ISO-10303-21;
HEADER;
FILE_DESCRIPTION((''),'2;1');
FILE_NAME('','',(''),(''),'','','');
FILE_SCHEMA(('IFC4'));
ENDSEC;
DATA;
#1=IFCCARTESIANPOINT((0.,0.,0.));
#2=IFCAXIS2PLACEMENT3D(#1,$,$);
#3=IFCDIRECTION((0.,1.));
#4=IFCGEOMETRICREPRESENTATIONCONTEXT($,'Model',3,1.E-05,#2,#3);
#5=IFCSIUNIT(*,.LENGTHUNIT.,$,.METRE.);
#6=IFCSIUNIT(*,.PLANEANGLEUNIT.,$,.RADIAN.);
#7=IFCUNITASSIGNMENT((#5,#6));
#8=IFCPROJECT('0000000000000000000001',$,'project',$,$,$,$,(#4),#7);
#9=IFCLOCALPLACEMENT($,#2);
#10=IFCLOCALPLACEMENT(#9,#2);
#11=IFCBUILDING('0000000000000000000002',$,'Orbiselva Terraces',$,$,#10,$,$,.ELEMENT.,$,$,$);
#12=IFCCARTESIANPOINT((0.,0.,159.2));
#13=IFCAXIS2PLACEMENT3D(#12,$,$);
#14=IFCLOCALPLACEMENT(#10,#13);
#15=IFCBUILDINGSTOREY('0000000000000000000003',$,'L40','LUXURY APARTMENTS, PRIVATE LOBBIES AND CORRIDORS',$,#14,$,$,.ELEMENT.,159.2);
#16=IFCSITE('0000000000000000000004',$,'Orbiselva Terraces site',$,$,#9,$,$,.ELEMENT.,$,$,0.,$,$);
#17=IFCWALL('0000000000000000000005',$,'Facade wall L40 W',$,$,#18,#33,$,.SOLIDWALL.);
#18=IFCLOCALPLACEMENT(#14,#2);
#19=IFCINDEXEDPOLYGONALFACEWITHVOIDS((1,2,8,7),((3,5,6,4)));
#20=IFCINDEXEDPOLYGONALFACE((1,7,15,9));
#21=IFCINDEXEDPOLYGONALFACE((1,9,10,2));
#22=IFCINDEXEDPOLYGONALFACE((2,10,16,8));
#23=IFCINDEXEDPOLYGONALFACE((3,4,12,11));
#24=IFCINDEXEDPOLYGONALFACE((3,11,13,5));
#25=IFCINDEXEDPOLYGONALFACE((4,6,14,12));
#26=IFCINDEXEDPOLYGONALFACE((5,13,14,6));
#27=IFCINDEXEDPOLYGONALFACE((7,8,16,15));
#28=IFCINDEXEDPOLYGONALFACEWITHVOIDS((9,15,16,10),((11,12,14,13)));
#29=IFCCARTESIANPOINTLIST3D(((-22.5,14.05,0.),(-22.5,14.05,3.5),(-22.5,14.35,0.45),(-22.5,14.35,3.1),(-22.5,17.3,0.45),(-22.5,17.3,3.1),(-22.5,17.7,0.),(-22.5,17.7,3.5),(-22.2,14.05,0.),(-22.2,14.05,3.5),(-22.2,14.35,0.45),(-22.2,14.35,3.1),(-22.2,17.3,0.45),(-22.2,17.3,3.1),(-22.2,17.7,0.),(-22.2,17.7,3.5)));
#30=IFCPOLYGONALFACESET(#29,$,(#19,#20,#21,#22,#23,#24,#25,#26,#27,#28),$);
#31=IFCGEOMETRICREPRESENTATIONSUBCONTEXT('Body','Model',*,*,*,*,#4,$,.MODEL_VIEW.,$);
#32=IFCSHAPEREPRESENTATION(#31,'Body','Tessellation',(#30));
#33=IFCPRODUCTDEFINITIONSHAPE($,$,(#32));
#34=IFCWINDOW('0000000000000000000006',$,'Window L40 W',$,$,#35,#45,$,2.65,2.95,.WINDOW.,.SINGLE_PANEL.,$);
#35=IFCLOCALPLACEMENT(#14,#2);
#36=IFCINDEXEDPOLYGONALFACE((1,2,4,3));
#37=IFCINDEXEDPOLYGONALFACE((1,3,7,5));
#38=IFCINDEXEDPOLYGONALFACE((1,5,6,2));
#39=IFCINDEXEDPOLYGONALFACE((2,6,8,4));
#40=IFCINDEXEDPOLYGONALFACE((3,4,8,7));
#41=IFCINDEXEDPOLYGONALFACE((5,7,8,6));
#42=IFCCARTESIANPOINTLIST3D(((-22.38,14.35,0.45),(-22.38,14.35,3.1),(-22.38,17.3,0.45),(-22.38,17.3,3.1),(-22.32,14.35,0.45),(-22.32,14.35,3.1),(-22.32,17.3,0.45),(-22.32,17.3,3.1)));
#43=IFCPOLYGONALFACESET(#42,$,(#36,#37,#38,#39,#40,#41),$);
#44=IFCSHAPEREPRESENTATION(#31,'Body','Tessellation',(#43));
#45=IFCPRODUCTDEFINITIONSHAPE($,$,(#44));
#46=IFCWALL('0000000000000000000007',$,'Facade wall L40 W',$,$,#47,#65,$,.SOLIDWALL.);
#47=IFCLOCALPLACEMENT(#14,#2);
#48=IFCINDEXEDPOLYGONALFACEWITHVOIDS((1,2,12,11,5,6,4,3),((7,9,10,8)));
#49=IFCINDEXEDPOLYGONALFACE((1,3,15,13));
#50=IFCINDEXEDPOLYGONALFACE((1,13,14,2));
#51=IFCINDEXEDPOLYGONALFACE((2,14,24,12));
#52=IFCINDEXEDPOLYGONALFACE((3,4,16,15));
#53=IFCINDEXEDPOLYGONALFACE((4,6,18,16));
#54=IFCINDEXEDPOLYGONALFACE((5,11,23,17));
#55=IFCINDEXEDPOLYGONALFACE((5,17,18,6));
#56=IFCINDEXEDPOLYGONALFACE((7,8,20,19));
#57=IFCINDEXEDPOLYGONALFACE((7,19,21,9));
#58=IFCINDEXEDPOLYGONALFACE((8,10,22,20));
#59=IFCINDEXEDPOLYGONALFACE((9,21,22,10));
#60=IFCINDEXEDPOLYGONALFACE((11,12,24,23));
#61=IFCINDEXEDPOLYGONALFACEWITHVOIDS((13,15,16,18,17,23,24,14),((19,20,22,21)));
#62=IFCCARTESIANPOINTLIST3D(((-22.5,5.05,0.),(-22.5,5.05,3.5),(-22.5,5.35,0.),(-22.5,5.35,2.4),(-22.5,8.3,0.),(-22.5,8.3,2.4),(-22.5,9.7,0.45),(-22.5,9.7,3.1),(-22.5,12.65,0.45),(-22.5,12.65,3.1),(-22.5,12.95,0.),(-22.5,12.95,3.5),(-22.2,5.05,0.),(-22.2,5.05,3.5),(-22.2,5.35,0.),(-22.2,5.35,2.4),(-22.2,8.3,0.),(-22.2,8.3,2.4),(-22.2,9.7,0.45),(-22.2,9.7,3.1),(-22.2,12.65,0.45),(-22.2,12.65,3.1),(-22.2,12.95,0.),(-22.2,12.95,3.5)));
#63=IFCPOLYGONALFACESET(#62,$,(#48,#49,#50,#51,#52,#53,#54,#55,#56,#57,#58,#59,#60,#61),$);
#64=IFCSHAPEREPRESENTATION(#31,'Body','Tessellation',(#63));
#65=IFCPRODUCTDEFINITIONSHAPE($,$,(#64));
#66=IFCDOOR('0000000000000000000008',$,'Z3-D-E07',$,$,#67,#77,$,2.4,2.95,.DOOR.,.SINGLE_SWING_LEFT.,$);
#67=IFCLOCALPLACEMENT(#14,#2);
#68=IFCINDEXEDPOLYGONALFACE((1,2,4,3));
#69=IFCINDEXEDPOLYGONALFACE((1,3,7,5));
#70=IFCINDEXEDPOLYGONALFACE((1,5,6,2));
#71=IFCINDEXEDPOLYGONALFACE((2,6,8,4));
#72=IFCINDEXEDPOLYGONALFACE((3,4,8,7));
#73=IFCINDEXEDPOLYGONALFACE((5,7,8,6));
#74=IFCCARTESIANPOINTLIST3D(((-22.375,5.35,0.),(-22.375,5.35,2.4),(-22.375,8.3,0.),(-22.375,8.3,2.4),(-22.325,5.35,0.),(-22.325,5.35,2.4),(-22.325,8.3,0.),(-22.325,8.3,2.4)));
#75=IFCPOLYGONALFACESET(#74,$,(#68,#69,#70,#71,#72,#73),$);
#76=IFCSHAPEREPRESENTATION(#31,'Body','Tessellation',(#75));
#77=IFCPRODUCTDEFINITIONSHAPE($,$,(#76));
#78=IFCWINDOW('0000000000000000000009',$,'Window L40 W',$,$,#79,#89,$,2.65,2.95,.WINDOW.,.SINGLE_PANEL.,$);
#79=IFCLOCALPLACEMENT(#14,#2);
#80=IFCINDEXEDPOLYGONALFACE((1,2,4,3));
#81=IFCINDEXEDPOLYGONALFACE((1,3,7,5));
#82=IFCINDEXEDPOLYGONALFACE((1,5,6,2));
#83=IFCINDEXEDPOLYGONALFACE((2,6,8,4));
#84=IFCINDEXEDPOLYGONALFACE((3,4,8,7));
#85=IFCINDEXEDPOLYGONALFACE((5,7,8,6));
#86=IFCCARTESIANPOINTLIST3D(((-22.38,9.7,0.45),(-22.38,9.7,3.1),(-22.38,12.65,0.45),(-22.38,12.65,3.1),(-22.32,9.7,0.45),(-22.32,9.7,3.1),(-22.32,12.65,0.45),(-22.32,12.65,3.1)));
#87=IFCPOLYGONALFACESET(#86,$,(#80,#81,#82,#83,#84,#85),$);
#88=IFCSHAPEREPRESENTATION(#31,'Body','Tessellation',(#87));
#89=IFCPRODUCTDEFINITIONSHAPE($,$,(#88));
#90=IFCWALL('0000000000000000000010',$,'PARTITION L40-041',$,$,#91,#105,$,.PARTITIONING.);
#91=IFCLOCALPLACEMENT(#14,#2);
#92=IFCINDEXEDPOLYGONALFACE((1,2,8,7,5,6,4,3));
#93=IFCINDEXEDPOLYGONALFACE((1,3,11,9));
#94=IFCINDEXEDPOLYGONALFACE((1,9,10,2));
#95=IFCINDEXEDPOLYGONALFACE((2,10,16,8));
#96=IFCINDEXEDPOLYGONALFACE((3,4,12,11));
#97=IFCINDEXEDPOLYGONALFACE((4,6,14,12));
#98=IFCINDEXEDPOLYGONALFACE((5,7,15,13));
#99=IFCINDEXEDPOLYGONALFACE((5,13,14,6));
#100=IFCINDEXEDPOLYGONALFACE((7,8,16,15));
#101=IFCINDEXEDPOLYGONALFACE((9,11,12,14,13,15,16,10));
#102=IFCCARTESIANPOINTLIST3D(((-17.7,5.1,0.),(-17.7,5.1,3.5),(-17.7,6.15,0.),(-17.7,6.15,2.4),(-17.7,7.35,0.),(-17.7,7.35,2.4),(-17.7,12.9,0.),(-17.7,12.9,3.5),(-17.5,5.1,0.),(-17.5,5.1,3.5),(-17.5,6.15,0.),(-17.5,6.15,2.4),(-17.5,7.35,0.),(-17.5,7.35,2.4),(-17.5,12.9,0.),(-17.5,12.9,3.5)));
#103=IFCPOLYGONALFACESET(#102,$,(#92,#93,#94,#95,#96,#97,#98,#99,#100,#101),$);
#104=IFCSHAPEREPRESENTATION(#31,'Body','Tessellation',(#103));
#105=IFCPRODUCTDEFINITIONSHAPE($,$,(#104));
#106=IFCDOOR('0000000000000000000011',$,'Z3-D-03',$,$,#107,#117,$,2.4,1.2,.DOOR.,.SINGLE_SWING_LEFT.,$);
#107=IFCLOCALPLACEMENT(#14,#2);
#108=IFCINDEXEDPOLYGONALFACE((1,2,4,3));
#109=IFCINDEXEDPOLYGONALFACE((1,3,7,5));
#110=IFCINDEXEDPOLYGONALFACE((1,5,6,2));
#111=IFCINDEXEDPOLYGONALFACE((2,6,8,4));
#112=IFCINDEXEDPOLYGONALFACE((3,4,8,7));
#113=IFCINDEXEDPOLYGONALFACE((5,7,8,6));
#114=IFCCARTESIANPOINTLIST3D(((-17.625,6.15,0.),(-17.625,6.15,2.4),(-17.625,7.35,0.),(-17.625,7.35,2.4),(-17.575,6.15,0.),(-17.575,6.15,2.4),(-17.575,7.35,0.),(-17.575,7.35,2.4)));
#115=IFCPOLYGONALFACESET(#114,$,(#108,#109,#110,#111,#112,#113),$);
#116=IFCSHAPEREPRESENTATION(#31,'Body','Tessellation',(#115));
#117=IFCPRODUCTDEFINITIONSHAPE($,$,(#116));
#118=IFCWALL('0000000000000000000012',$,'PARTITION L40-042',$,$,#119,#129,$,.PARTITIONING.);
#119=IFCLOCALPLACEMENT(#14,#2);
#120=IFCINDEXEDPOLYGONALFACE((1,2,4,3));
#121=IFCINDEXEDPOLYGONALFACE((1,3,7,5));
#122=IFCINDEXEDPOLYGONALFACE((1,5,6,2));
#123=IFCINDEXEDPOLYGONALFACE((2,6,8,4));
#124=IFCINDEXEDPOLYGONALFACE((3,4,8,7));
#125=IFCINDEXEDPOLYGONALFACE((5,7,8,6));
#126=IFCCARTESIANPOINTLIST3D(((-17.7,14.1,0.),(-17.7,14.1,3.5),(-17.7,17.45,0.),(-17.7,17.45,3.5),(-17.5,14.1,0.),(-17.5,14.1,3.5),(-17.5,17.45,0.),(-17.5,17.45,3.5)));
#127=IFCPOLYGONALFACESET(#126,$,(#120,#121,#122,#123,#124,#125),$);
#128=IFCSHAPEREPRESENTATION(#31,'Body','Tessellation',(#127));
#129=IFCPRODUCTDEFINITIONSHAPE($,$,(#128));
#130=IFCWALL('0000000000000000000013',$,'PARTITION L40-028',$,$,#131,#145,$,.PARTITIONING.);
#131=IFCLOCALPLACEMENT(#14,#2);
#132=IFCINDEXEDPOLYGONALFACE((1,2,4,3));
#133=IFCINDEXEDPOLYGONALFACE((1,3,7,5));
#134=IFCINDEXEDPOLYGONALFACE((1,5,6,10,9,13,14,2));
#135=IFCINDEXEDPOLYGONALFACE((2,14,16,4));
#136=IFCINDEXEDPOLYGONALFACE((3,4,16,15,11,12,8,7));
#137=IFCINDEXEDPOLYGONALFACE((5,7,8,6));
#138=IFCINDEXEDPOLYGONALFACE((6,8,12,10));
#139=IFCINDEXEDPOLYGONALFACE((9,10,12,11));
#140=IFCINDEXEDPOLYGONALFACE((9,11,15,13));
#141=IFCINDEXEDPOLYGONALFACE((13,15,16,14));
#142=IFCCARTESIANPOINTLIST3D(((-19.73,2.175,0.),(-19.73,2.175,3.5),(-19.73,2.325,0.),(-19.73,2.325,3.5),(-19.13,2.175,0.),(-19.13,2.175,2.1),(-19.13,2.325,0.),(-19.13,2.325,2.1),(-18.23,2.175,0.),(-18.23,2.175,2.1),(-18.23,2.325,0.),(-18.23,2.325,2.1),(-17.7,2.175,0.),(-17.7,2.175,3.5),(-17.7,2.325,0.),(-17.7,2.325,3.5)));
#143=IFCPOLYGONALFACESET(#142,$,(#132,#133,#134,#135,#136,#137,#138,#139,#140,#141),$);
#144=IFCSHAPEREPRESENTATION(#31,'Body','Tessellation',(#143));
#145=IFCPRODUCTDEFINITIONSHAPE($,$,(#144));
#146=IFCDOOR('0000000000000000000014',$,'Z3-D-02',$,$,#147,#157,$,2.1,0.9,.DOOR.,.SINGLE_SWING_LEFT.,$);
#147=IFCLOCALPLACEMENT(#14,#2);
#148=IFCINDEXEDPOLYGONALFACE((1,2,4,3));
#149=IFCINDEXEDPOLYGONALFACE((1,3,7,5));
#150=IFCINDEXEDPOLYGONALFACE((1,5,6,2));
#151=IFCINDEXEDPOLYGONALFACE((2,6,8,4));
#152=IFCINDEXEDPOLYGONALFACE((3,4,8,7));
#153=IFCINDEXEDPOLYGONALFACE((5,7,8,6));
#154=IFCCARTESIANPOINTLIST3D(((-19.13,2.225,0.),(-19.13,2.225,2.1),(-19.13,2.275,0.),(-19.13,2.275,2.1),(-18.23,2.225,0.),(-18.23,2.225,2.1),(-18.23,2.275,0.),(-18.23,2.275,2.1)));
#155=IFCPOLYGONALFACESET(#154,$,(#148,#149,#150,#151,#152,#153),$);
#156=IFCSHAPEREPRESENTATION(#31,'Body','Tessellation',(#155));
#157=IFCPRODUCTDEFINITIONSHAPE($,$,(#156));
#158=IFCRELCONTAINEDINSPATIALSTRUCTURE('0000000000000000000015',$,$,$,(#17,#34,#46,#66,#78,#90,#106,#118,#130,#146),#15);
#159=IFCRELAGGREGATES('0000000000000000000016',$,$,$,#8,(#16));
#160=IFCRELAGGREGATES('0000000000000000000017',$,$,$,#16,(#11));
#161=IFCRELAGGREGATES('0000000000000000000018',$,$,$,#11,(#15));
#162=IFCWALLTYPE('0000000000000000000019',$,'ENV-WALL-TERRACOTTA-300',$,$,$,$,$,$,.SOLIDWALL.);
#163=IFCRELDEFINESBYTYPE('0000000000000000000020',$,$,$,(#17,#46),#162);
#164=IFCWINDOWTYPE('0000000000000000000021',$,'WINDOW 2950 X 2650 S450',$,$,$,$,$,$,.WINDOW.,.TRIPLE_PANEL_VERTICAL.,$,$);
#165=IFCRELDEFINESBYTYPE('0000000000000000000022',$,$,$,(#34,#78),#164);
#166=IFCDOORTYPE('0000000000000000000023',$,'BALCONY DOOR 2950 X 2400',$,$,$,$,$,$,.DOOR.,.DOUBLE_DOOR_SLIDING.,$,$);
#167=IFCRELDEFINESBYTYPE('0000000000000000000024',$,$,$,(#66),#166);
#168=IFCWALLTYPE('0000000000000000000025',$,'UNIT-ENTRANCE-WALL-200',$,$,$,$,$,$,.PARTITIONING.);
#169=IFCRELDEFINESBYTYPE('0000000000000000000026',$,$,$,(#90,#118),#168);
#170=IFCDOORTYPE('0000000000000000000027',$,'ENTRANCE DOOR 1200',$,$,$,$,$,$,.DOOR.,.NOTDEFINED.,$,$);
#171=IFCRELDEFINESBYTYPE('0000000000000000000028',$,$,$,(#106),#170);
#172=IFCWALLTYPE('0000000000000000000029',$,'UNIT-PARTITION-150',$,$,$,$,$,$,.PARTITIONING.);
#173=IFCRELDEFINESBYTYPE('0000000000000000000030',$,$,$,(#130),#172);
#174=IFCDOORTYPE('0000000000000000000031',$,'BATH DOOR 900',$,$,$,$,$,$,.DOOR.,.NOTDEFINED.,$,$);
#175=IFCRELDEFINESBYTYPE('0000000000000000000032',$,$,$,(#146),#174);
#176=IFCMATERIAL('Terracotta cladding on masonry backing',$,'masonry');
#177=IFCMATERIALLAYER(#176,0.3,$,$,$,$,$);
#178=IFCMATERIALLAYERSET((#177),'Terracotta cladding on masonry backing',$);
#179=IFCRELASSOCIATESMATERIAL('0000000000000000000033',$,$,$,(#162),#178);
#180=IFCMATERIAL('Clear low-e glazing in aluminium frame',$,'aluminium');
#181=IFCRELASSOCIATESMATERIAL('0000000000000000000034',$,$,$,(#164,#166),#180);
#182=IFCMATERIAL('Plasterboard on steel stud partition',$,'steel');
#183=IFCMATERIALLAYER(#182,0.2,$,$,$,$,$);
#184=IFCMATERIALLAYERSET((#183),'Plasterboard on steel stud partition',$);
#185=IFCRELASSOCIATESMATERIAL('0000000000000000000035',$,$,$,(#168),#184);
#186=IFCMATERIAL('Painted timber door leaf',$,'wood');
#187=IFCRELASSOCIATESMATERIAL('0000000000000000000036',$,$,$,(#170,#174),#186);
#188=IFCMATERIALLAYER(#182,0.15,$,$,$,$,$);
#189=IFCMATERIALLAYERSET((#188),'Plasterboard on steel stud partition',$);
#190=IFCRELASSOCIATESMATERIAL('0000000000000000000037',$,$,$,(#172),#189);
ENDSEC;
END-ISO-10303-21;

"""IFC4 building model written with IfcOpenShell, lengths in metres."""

from ifc_helpers import new_model, si_unit, direction, frame, frame_2d, origin, place, context, subcontext, project, spatial, rectangle, extrude, material, layer, layer_set, type_object, element, fill, save


model = new_model("IFC4")

# Units and contexts
model_context = context("Model", 3, precision=1e-05, world=origin(), true_north=direction((0.0, 1.0)))
body_context = subcontext(model_context, "Body", "Model", "MODEL_VIEW")
ifc_project = project(units=[si_unit("LENGTHUNIT", "METRE"), si_unit("PLANEANGLEUNIT", "RADIAN")], contexts=[model_context])

# Site, building, storey
site_placement = place(None, origin())
site = spatial("IfcSite", under=ifc_project, at=site_placement, Name="Orbiselva Terraces site", CompositionType="ELEMENT", RefElevation=0.0)
building_placement = place(site_placement, origin())
building = spatial("IfcBuilding", under=site, at=building_placement, Name="Orbiselva Terraces", CompositionType="ELEMENT")
storey_placement = place(building_placement, frame((0.0, 0.0, 159.2)))
storey = spatial("IfcBuildingStorey", under=building, at=storey_placement, Name="L40", Description="LUXURY APARTMENTS, PRIVATE LOBBIES AND CORRIDORS", CompositionType="ELEMENT", Elevation=159.2)

# Shared definitions
ifc_material_1 = material(Name="Terracotta cladding on masonry backing", Category="masonry")
ifc_layer_1 = layer(ifc_material_1, 0.3)
ifc_layer_set_1 = layer_set([ifc_layer_1], Name="Terracotta cladding on masonry backing")
wall_type_1 = type_object("IfcWallType", Name="ENV-WALL-TERRACOTTA-300", PredefinedType="SOLIDWALL", material=ifc_layer_set_1)

# Wall, opening, window
wall_1_placement = place(storey_placement, frame((-22.35, 14.05, 0.0), z_axis=(0.0, 0.0, 1.0), x_axis=(0.0, 1.0, 0.0)))
wall_1 = element("IfcWall", 1, at=wall_1_placement, inside=storey, type_object=wall_type_1, Name="Facade wall L40 W", PredefinedType="SOLIDWALL", context=body_context, shape_type="SweptSolid", body=[
    extrude(rectangle(XDim=3.65, YDim=0.3, at=frame_2d((1.825, 0.0))), origin(), (0.0, 0.0, 1.0), 3.5),
])
opening_1_placement = place(wall_1_placement, frame((0.3, 0.0, 0.45)))
opening_1 = element("IfcOpeningElement", 2, at=opening_1_placement, cuts=wall_1, PredefinedType="OPENING", context=body_context, shape_type="SweptSolid", body=[
    extrude(rectangle(XDim=2.95, YDim=2.65, at=frame_2d((1.475, 1.325))), frame((0.0, 0.16, 0.0), z_axis=(0.0, -1.0, 0.0), x_axis=(1.0, 0.0, 0.0)), (0.0, 0.0, 1.0), 0.32),
])
ifc_material_2 = material(Name="Clear low-e glazing in aluminium frame", Category="aluminium")
window_type = type_object("IfcWindowType", Name="WINDOW 2950 X 2650 S450", PartitioningType="TRIPLE_PANEL_VERTICAL", PredefinedType="WINDOW", material=ifc_material_2)
window_1_placement = place(opening_1_placement, origin())
window_1 = element("IfcWindow", 3, at=window_1_placement, inside=storey, type_object=window_type, Name="Window L40 W", OverallHeight=2.65, OverallWidth=2.95, PartitioningType="SINGLE_PANEL", PredefinedType="WINDOW", context=body_context, shape_type="SweptSolid", body=[
    extrude(rectangle(XDim=2.95, YDim=2.65, at=frame_2d((1.475, 1.325))), frame((0.0, 0.03, 0.0), z_axis=(0.0, -1.0, 0.0), x_axis=(1.0, 0.0, 0.0)), (0.0, 0.0, 1.0), 0.06),
])
fill(opening_1, window_1)

# Wall, openings, door, window
wall_2_placement = place(storey_placement, frame((-22.35, 5.05, 0.0), z_axis=(0.0, 0.0, 1.0), x_axis=(0.0, 1.0, 0.0)))
wall_2 = element("IfcWall", 4, at=wall_2_placement, inside=storey, type_object=wall_type_1, Name="Facade wall L40 W", PredefinedType="SOLIDWALL", context=body_context, shape_type="SweptSolid", body=[
    extrude(rectangle(XDim=7.9, YDim=0.3, at=frame_2d((3.95, 0.0))), origin(), (0.0, 0.0, 1.0), 3.5),
])
opening_2_placement = place(wall_2_placement, frame((4.65, 0.0, 0.45)))
opening_2 = element("IfcOpeningElement", 5, at=opening_2_placement, cuts=wall_2, PredefinedType="OPENING", context=body_context, shape_type="SweptSolid", body=[
    extrude(rectangle(XDim=2.95, YDim=2.65, at=frame_2d((1.475, 1.325))), frame((0.0, 0.16, 0.0), z_axis=(0.0, -1.0, 0.0), x_axis=(1.0, 0.0, 0.0)), (0.0, 0.0, 1.0), 0.32),
])
opening_3_placement = place(wall_2_placement, frame((0.3, 0.0, 0.0)))
opening_3 = element("IfcOpeningElement", 6, at=opening_3_placement, cuts=wall_2, PredefinedType="OPENING", context=body_context, shape_type="SweptSolid", body=[
    extrude(rectangle(XDim=2.95, YDim=2.4, at=frame_2d((1.475, 1.2))), frame((0.0, 0.16, 0.0), z_axis=(0.0, -1.0, 0.0), x_axis=(1.0, 0.0, 0.0)), (0.0, 0.0, 1.0), 0.32),
])
door_type_1 = type_object("IfcDoorType", Name="BALCONY DOOR 2950 X 2400", OperationType="DOUBLE_DOOR_SLIDING", PredefinedType="DOOR", material=ifc_material_2)
door_1_placement = place(opening_3_placement, origin())
door_1 = element("IfcDoor", 7, at=door_1_placement, inside=storey, type_object=door_type_1, Name="Z3-D-E07", OperationType="SINGLE_SWING_LEFT", OverallHeight=2.4, OverallWidth=2.95, PredefinedType="DOOR", context=body_context, shape_type="SweptSolid", body=[
    extrude(rectangle(XDim=2.95, YDim=2.4, at=frame_2d((1.475, 1.2))), frame((0.0, 0.025, 0.0), z_axis=(0.0, -1.0, 0.0), x_axis=(1.0, 0.0, 0.0)), (0.0, 0.0, 1.0), 0.05),
])
fill(opening_3, door_1)
window_2_placement = place(opening_2_placement, origin())
window_2 = element("IfcWindow", 8, at=window_2_placement, inside=storey, type_object=window_type, Name="Window L40 W", OverallHeight=2.65, OverallWidth=2.95, PartitioningType="SINGLE_PANEL", PredefinedType="WINDOW", context=body_context, shape_type="SweptSolid", body=[
    extrude(rectangle(XDim=2.95, YDim=2.65, at=frame_2d((1.475, 1.325))), frame((0.0, 0.03, 0.0), z_axis=(0.0, -1.0, 0.0), x_axis=(1.0, 0.0, 0.0)), (0.0, 0.0, 1.0), 0.06),
])
fill(opening_2, window_2)

# Wall, opening, door
ifc_material_3 = material(Name="Plasterboard on steel stud partition", Category="steel")
ifc_layer_2 = layer(ifc_material_3, 0.2)
ifc_layer_set_2 = layer_set([ifc_layer_2], Name="Plasterboard on steel stud partition")
wall_type_2 = type_object("IfcWallType", Name="UNIT-ENTRANCE-WALL-200", PredefinedType="PARTITIONING", material=ifc_layer_set_2)
wall_3_placement = place(storey_placement, frame((-17.6, 5.1, 0.0), z_axis=(0.0, 0.0, 1.0), x_axis=(0.0, 1.0, 0.0)))
wall_3 = element("IfcWall", 9, at=wall_3_placement, inside=storey, type_object=wall_type_2, Name="PARTITION L40-041", PredefinedType="PARTITIONING", context=body_context, shape_type="SweptSolid", body=[
    extrude(rectangle(XDim=7.8, YDim=0.2, at=frame_2d((3.9, 0.0))), origin(), (0.0, 0.0, 1.0), 3.5),
])
opening_4_placement = place(wall_3_placement, frame((1.05, 0.0, 0.0)))
opening_4 = element("IfcOpeningElement", 10, at=opening_4_placement, cuts=wall_3, PredefinedType="OPENING", context=body_context, shape_type="SweptSolid", body=[
    extrude(rectangle(XDim=1.2, YDim=2.4, at=frame_2d((0.6, 1.2))), frame((0.0, 0.11, 0.0), z_axis=(0.0, -1.0, 0.0), x_axis=(1.0, 0.0, 0.0)), (0.0, 0.0, 1.0), 0.22),
])
ifc_material_4 = material(Name="Painted timber door leaf", Category="wood")
door_type_2 = type_object("IfcDoorType", Name="ENTRANCE DOOR 1200", OperationType="NOTDEFINED", PredefinedType="DOOR", material=ifc_material_4)
door_2_placement = place(opening_4_placement, origin())
door_2 = element("IfcDoor", 11, at=door_2_placement, inside=storey, type_object=door_type_2, Name="Z3-D-03", OperationType="SINGLE_SWING_LEFT", OverallHeight=2.4, OverallWidth=1.2, PredefinedType="DOOR", context=body_context, shape_type="SweptSolid", body=[
    extrude(rectangle(XDim=1.2, YDim=2.4, at=frame_2d((0.6, 1.2))), frame((0.0, 0.025, 0.0), z_axis=(0.0, -1.0, 0.0), x_axis=(1.0, 0.0, 0.0)), (0.0, 0.0, 1.0), 0.05),
])
fill(opening_4, door_2)

# Wall
wall_4_placement = place(storey_placement, frame((-17.6, 14.1, 0.0), z_axis=(0.0, 0.0, 1.0), x_axis=(0.0, 1.0, 0.0)))
element("IfcWall", 12, at=wall_4_placement, inside=storey, type_object=wall_type_2, Name="PARTITION L40-042", PredefinedType="PARTITIONING", context=body_context, shape_type="SweptSolid", body=[
    extrude(rectangle(XDim=3.35, YDim=0.2, at=frame_2d((1.675, 0.0))), origin(), (0.0, 0.0, 1.0), 3.5),
])

# Wall, opening, door
ifc_layer_3 = layer(ifc_material_3, 0.15)
ifc_layer_set_3 = layer_set([ifc_layer_3], Name="Plasterboard on steel stud partition")
wall_type_3 = type_object("IfcWallType", Name="UNIT-PARTITION-150", PredefinedType="PARTITIONING", material=ifc_layer_set_3)
wall_5_placement = place(storey_placement, frame((-17.7, 2.25, 0.0), z_axis=(0.0, 0.0, 1.0), x_axis=(-1.0, 0.0, 0.0)))
wall_5 = element("IfcWall", 13, at=wall_5_placement, inside=storey, type_object=wall_type_3, Name="PARTITION L40-028", PredefinedType="PARTITIONING", context=body_context, shape_type="SweptSolid", body=[
    extrude(rectangle(XDim=2.03, YDim=0.15, at=frame_2d((1.015, 0.0))), origin(), (0.0, 0.0, 1.0), 3.5),
])
opening_5_placement = place(wall_5_placement, frame((0.53, 0.0, 0.0)))
opening_5 = element("IfcOpeningElement", 14, at=opening_5_placement, cuts=wall_5, PredefinedType="OPENING", context=body_context, shape_type="SweptSolid", body=[
    extrude(rectangle(XDim=0.9, YDim=2.1, at=frame_2d((0.45, 1.05))), frame((0.0, 0.085, 0.0), z_axis=(0.0, -1.0, 0.0), x_axis=(1.0, 0.0, 0.0)), (0.0, 0.0, 1.0), 0.17),
])
door_type_3 = type_object("IfcDoorType", Name="BATH DOOR 900", OperationType="NOTDEFINED", PredefinedType="DOOR", material=ifc_material_4)
door_3_placement = place(opening_5_placement, origin())
door_3 = element("IfcDoor", 15, at=door_3_placement, inside=storey, type_object=door_type_3, Name="Z3-D-02", OperationType="SINGLE_SWING_LEFT", OverallHeight=2.1, OverallWidth=0.9, PredefinedType="DOOR", context=body_context, shape_type="SweptSolid", body=[
    extrude(rectangle(XDim=0.9, YDim=2.1, at=frame_2d((0.45, 1.05))), frame((0.0, 0.025, 0.0), z_axis=(0.0, -1.0, 0.0), x_axis=(1.0, 0.0, 0.0)), (0.0, 0.0, 1.0), 0.05),
])
fill(opening_5, door_3)

save(model, "model.ifc")
